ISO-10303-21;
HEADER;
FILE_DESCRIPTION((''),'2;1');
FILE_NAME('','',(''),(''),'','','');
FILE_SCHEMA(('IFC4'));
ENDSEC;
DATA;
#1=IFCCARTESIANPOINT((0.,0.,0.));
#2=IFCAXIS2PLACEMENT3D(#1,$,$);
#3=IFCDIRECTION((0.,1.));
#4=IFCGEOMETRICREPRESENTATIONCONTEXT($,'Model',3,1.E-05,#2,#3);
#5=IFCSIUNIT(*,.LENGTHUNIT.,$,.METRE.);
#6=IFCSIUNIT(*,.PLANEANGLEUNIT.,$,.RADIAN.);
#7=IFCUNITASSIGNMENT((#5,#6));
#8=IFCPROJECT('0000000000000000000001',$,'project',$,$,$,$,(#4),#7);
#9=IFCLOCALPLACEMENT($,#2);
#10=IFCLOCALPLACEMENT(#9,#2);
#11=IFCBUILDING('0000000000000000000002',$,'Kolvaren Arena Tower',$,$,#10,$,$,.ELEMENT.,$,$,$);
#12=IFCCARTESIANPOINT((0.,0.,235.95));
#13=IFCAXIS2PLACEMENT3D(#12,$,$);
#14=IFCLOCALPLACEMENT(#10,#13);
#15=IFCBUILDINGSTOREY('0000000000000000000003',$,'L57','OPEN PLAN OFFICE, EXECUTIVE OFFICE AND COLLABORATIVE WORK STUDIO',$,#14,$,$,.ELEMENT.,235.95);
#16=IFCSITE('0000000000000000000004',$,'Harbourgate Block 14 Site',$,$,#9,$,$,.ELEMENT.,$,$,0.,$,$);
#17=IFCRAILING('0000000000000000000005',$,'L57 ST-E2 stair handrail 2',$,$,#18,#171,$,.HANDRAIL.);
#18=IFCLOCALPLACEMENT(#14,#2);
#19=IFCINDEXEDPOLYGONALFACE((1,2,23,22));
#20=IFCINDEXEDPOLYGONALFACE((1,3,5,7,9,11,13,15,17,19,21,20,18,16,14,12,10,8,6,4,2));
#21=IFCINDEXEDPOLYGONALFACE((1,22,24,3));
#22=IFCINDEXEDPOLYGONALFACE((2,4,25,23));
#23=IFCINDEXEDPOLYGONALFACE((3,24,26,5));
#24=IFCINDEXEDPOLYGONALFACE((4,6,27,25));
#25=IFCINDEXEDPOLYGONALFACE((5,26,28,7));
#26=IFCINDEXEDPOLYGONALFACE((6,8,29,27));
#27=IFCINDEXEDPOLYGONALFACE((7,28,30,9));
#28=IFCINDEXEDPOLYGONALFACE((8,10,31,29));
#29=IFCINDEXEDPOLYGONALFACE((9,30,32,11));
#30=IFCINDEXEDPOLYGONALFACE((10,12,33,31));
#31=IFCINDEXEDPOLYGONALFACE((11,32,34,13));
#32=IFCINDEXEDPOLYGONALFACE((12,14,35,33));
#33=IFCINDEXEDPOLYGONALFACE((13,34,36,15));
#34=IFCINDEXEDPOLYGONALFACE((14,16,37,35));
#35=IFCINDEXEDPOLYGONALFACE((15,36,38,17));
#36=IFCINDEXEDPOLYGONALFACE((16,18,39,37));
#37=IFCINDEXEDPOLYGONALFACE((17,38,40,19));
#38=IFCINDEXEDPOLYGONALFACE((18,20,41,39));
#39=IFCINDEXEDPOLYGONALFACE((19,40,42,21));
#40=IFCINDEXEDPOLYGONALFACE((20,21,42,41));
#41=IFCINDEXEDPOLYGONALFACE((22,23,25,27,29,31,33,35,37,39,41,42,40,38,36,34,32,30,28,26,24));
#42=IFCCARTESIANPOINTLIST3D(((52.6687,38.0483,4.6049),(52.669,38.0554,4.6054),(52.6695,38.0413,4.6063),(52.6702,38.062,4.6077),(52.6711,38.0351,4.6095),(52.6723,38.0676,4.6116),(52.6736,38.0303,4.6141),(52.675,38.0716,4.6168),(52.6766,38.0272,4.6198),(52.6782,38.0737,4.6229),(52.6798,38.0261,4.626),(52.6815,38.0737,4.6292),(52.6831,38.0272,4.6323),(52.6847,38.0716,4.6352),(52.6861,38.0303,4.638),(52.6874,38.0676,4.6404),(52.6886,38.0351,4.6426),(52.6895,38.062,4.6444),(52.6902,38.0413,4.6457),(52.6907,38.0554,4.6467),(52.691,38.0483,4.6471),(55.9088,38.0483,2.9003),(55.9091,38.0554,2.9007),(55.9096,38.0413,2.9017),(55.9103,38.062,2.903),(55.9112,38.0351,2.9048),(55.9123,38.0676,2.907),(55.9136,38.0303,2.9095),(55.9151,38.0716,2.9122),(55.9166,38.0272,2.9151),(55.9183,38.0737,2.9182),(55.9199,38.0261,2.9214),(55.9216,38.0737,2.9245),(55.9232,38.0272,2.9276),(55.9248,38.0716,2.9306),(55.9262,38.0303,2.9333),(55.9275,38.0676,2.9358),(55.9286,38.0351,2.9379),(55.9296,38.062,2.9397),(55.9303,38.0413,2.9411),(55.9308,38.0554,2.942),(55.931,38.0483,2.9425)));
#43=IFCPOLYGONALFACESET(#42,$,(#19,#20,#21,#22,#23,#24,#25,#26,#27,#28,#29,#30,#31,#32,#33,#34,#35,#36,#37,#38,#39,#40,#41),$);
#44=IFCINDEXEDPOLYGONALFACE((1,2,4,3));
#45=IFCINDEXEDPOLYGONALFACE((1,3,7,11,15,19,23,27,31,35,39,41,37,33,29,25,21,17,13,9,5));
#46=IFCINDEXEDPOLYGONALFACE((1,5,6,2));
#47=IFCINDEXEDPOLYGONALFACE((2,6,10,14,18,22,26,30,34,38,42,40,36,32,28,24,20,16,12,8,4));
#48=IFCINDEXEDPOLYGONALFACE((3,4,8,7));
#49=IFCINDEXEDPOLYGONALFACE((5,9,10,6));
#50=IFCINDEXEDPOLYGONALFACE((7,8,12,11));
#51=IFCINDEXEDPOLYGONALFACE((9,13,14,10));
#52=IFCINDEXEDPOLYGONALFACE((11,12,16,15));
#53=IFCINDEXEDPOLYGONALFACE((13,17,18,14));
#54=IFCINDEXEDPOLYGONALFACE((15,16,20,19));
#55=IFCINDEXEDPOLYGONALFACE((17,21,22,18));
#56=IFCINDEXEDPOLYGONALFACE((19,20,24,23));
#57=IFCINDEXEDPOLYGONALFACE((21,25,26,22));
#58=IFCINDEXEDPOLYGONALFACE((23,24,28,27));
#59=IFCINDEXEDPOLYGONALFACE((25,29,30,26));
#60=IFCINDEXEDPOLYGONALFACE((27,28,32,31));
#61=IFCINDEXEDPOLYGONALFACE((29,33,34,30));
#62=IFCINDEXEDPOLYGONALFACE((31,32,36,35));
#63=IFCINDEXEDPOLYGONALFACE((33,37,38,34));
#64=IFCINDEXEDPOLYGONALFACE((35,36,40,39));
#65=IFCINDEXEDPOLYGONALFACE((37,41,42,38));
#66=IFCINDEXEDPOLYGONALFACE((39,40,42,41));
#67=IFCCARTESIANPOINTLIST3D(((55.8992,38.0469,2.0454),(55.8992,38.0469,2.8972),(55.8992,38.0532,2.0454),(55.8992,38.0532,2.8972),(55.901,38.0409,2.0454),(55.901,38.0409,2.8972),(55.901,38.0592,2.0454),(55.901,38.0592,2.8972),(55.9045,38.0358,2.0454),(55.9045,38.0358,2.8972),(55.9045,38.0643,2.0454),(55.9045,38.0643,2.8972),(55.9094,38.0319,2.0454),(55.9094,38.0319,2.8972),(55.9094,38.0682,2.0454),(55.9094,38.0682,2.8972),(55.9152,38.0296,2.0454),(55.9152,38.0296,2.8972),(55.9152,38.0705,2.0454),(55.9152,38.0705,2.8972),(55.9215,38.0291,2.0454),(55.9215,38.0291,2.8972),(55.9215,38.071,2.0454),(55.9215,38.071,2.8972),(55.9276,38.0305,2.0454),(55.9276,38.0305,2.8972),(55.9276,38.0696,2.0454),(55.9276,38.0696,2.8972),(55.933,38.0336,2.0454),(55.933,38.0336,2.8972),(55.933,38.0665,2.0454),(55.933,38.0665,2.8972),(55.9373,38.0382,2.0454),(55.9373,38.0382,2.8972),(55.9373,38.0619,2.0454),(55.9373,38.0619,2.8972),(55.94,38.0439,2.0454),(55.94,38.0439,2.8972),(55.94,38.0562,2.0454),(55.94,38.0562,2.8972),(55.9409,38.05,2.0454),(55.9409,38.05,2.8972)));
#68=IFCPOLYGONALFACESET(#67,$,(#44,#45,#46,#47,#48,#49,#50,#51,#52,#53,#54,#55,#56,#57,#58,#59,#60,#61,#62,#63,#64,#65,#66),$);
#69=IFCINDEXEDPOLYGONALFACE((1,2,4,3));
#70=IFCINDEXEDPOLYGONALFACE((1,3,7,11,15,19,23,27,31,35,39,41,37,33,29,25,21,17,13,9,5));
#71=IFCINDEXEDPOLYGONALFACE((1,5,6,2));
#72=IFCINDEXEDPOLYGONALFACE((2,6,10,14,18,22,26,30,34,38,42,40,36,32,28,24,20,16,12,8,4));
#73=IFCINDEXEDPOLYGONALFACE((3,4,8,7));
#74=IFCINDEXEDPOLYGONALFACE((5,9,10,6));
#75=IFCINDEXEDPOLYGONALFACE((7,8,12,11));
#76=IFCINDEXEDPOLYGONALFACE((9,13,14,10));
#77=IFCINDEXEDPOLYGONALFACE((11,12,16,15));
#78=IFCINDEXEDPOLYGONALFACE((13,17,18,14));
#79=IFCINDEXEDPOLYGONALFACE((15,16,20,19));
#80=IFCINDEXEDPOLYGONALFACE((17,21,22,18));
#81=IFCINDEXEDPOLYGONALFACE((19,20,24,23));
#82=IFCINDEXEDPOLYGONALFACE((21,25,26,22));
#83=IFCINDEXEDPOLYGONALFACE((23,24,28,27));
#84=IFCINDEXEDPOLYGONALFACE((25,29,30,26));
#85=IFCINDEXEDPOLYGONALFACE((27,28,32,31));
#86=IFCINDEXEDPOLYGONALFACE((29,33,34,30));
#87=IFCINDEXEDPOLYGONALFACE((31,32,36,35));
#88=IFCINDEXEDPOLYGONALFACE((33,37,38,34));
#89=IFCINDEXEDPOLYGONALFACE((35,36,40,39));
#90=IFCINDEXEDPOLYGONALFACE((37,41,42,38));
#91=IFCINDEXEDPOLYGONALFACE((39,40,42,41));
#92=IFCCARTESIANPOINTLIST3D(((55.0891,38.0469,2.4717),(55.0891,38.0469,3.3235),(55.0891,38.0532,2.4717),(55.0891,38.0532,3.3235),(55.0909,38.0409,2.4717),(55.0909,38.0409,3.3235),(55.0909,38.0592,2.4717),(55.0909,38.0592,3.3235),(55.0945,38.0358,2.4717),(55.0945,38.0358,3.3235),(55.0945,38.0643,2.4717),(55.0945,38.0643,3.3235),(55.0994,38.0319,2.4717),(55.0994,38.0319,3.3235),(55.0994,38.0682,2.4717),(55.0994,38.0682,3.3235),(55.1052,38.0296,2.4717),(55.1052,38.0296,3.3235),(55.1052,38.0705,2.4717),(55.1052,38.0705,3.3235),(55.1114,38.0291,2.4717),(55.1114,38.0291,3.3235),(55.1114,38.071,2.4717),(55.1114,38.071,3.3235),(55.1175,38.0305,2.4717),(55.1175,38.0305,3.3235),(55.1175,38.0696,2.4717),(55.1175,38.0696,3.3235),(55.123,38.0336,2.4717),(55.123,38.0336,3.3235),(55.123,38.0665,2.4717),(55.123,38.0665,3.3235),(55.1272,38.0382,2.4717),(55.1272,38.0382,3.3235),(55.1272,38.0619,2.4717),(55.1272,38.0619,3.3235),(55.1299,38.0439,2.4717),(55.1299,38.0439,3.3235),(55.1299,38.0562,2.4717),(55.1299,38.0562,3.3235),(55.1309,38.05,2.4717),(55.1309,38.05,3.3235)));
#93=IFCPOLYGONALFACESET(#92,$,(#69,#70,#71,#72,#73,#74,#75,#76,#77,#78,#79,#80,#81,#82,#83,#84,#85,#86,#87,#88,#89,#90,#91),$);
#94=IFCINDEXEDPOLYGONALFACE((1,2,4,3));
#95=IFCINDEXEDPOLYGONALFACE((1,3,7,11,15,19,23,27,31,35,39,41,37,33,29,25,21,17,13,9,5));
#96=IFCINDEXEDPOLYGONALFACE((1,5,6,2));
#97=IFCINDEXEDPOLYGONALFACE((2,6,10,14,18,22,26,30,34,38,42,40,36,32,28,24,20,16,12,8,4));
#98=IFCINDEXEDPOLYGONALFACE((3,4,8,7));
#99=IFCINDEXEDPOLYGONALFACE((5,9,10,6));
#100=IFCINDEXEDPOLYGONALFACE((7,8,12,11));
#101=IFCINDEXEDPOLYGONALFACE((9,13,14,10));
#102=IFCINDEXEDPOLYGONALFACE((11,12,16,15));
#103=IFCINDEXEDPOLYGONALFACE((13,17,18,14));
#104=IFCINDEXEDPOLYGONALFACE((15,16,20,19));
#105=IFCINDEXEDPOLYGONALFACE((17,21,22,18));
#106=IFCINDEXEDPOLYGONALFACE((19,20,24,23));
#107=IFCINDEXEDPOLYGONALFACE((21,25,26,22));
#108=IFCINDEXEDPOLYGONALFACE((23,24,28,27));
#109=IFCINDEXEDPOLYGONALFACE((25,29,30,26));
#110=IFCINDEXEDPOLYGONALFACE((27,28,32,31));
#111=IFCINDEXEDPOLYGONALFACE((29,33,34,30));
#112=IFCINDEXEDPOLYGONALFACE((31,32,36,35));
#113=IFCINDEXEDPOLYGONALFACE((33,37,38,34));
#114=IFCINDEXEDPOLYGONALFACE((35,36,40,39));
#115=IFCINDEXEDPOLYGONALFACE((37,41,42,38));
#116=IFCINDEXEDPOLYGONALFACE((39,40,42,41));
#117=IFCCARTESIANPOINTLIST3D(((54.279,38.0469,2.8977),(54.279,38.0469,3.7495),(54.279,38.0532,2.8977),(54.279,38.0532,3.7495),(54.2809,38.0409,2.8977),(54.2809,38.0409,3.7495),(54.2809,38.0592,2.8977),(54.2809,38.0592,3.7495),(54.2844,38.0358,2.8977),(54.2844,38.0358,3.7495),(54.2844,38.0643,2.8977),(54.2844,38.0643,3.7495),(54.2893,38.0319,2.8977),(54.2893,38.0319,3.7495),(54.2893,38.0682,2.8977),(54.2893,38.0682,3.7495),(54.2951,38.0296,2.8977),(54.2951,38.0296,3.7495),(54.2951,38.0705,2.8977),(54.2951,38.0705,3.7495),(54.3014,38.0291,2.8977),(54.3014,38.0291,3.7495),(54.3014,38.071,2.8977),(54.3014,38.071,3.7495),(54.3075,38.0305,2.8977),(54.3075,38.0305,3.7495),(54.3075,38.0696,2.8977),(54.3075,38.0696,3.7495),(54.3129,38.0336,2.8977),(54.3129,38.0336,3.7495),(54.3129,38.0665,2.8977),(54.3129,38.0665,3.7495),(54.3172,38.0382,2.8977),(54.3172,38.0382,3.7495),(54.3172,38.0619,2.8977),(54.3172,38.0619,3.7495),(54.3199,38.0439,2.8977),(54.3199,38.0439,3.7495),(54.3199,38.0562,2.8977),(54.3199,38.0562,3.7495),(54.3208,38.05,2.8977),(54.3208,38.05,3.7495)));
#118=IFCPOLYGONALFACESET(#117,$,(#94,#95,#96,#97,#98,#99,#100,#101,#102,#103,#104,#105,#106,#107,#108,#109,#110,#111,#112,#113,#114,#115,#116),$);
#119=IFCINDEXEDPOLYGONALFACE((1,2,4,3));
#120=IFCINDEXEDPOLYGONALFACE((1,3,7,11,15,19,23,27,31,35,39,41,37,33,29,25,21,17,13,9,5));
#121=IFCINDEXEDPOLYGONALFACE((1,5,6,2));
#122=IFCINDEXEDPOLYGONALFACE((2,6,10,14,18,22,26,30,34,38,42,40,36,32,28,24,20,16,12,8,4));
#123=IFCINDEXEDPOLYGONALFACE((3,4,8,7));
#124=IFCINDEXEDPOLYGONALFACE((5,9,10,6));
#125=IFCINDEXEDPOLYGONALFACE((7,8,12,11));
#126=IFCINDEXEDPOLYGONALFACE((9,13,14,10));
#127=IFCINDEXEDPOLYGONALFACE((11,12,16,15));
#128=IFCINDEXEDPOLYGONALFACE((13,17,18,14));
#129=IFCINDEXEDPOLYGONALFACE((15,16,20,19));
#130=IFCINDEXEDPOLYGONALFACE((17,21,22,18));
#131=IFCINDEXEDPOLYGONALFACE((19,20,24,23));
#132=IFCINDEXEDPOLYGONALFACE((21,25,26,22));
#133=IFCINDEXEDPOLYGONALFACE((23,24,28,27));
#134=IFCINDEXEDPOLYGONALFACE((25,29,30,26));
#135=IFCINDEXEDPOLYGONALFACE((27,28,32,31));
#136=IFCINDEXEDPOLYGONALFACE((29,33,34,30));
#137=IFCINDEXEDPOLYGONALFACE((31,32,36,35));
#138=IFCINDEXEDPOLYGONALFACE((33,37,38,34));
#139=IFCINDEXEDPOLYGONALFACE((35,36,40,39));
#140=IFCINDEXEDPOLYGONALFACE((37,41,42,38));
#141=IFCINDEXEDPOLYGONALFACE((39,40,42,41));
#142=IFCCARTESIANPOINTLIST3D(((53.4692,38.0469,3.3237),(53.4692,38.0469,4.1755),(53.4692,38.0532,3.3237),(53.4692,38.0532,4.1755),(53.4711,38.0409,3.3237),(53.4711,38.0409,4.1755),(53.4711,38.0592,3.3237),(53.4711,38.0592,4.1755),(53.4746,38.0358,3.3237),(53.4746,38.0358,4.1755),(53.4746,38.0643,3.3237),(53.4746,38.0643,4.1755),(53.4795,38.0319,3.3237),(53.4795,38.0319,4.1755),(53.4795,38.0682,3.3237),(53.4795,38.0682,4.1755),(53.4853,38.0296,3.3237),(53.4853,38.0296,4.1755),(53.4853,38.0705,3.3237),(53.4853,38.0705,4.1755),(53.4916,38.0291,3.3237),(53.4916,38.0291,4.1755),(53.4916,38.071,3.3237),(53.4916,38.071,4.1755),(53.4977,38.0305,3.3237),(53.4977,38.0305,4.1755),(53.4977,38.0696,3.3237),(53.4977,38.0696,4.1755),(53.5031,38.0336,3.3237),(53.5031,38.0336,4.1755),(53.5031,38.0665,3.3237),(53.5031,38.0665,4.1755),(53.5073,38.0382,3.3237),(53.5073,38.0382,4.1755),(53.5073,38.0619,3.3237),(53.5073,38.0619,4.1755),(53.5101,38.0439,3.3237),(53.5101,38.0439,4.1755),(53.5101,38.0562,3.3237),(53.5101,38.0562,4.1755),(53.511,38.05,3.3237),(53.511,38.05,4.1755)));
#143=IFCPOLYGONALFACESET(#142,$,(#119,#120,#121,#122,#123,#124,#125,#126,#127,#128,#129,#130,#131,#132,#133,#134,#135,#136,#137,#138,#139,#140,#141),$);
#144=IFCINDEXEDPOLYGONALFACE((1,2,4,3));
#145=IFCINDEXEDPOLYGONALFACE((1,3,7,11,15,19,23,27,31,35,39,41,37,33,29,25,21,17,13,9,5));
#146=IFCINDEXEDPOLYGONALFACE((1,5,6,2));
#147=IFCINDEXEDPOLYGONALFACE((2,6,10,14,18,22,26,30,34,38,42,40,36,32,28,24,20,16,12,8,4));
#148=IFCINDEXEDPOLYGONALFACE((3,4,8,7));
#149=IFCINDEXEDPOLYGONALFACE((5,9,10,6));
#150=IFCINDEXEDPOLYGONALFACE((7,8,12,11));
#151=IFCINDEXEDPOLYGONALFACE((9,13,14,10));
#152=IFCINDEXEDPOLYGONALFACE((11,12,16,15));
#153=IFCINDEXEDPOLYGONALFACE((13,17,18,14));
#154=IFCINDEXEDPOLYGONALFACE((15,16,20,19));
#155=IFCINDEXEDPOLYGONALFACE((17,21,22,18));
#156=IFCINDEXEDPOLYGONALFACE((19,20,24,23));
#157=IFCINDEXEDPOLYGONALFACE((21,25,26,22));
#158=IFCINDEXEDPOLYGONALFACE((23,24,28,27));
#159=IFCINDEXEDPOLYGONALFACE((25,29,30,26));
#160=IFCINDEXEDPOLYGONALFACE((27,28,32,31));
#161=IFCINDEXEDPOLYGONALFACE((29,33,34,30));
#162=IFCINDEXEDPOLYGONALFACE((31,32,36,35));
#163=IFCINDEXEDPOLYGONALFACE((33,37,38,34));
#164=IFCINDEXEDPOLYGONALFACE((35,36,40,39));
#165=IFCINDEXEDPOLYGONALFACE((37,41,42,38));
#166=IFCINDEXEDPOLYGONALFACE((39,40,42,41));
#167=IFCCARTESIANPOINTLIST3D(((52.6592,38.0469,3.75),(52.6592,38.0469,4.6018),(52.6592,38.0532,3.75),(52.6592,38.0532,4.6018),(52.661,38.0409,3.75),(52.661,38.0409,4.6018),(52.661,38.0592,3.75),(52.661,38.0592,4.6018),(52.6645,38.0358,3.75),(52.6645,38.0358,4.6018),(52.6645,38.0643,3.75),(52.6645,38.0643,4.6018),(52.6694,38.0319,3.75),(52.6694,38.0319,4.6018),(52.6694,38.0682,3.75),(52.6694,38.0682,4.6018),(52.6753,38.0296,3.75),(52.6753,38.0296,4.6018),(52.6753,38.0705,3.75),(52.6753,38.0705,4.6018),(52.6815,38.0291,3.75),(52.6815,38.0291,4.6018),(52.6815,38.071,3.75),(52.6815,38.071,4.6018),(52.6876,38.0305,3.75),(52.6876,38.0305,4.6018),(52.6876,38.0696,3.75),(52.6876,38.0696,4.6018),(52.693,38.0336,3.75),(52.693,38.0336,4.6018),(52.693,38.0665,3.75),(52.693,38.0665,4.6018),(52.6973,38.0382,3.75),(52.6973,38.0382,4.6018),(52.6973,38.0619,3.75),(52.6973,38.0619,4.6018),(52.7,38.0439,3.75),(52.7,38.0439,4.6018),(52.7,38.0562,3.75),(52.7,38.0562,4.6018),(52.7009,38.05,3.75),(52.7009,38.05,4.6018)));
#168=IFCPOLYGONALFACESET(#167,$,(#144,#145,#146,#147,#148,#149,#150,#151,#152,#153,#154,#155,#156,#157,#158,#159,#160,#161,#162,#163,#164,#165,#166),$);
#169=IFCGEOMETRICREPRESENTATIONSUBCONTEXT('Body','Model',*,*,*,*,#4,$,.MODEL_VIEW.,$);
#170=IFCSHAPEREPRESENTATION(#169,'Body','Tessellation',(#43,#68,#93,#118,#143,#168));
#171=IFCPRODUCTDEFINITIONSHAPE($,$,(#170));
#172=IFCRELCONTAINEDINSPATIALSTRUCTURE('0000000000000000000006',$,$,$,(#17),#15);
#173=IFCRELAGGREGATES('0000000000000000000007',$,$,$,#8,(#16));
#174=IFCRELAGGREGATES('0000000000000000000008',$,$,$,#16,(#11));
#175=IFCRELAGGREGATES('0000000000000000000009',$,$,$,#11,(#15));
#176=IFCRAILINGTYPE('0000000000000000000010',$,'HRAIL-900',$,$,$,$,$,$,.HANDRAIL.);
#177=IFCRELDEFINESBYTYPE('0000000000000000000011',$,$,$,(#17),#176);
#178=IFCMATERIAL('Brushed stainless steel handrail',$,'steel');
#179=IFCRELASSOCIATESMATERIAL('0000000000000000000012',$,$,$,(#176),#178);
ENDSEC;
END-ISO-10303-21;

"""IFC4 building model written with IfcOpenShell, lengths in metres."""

from ifc_helpers import new_model, si_unit, direction, frame, origin, origin_2d, place, context, subcontext, project, spatial, circle, extrude, material, type_object, element, save


model = new_model("IFC4")

# Units and contexts
model_context = context("Model", 3, precision=1e-05, world=origin(), true_north=direction((0.0, 1.0)))
body_context = subcontext(model_context, "Body", "Model", "MODEL_VIEW")
ifc_project = project(units=[si_unit("LENGTHUNIT", "METRE"), si_unit("PLANEANGLEUNIT", "RADIAN")], contexts=[model_context])

# Site, building, storey
site_placement = place(None, origin())
site = spatial("IfcSite", under=ifc_project, at=site_placement, Name="Harbourgate Block 14 Site", CompositionType="ELEMENT", RefElevation=0.0)
building_placement = place(site_placement, origin())
building = spatial("IfcBuilding", under=site, at=building_placement, Name="Kolvaren Arena Tower", CompositionType="ELEMENT")
storey_placement = place(building_placement, frame((0.0, 0.0, 235.95)))
storey = spatial("IfcBuildingStorey", under=building, at=storey_placement, Name="L57", Description="OPEN PLAN OFFICE, EXECUTIVE OFFICE AND COLLABORATIVE WORK STUDIO", CompositionType="ELEMENT", Elevation=235.95)

# Railing
ifc_material_1 = material(Name="Brushed stainless steel handrail", Category="steel")
railing_type_1 = type_object("IfcRailingType", Name="HRAIL-900", PredefinedType="HANDRAIL", material=ifc_material_1)
for number, where, name in (
    (1, (55.9199, 38.05, 2.0454), "L57 ST-E2 stair handrail 2"),
):
    element("IfcRailing", number, at=place(storey_placement, frame(where)), inside=storey, type_object=railing_type_1, Name=name, PredefinedType="HANDRAIL", context=body_context, shape_type="SweptSolid", body=[
        extrude(circle(Radius=0.0239, at=origin_2d()), frame((0.0, 0.0, 0.876), z_axis=(-0.884993, 0.0, 0.465604), x_axis=(0.0, -1.0, 0.0)), (0.0, 0.0, 1.0), 3.6611),
        extrude(circle(Radius=0.021, at=origin_2d()), origin(), (0.0, 0.0, 1.0), 0.8518),
        extrude(circle(Radius=0.021, at=origin_2d()), frame((-0.8101, 0.0, 0.4263)), (0.0, 0.0, 1.0), 0.8518),
        extrude(circle(Radius=0.021, at=origin_2d()), frame((-1.6201, 0.0, 0.8523)), (0.0, 0.0, 1.0), 0.8518),
        extrude(circle(Radius=0.021, at=origin_2d()), frame((-2.4299, 0.0, 1.2783)), (0.0, 0.0, 1.0), 0.8518),
        extrude(circle(Radius=0.021, at=origin_2d()), frame((-3.24, 0.0, 1.7046)), (0.0, 0.0, 1.0), 0.8518),
    ])

save(model, "model.ifc")
